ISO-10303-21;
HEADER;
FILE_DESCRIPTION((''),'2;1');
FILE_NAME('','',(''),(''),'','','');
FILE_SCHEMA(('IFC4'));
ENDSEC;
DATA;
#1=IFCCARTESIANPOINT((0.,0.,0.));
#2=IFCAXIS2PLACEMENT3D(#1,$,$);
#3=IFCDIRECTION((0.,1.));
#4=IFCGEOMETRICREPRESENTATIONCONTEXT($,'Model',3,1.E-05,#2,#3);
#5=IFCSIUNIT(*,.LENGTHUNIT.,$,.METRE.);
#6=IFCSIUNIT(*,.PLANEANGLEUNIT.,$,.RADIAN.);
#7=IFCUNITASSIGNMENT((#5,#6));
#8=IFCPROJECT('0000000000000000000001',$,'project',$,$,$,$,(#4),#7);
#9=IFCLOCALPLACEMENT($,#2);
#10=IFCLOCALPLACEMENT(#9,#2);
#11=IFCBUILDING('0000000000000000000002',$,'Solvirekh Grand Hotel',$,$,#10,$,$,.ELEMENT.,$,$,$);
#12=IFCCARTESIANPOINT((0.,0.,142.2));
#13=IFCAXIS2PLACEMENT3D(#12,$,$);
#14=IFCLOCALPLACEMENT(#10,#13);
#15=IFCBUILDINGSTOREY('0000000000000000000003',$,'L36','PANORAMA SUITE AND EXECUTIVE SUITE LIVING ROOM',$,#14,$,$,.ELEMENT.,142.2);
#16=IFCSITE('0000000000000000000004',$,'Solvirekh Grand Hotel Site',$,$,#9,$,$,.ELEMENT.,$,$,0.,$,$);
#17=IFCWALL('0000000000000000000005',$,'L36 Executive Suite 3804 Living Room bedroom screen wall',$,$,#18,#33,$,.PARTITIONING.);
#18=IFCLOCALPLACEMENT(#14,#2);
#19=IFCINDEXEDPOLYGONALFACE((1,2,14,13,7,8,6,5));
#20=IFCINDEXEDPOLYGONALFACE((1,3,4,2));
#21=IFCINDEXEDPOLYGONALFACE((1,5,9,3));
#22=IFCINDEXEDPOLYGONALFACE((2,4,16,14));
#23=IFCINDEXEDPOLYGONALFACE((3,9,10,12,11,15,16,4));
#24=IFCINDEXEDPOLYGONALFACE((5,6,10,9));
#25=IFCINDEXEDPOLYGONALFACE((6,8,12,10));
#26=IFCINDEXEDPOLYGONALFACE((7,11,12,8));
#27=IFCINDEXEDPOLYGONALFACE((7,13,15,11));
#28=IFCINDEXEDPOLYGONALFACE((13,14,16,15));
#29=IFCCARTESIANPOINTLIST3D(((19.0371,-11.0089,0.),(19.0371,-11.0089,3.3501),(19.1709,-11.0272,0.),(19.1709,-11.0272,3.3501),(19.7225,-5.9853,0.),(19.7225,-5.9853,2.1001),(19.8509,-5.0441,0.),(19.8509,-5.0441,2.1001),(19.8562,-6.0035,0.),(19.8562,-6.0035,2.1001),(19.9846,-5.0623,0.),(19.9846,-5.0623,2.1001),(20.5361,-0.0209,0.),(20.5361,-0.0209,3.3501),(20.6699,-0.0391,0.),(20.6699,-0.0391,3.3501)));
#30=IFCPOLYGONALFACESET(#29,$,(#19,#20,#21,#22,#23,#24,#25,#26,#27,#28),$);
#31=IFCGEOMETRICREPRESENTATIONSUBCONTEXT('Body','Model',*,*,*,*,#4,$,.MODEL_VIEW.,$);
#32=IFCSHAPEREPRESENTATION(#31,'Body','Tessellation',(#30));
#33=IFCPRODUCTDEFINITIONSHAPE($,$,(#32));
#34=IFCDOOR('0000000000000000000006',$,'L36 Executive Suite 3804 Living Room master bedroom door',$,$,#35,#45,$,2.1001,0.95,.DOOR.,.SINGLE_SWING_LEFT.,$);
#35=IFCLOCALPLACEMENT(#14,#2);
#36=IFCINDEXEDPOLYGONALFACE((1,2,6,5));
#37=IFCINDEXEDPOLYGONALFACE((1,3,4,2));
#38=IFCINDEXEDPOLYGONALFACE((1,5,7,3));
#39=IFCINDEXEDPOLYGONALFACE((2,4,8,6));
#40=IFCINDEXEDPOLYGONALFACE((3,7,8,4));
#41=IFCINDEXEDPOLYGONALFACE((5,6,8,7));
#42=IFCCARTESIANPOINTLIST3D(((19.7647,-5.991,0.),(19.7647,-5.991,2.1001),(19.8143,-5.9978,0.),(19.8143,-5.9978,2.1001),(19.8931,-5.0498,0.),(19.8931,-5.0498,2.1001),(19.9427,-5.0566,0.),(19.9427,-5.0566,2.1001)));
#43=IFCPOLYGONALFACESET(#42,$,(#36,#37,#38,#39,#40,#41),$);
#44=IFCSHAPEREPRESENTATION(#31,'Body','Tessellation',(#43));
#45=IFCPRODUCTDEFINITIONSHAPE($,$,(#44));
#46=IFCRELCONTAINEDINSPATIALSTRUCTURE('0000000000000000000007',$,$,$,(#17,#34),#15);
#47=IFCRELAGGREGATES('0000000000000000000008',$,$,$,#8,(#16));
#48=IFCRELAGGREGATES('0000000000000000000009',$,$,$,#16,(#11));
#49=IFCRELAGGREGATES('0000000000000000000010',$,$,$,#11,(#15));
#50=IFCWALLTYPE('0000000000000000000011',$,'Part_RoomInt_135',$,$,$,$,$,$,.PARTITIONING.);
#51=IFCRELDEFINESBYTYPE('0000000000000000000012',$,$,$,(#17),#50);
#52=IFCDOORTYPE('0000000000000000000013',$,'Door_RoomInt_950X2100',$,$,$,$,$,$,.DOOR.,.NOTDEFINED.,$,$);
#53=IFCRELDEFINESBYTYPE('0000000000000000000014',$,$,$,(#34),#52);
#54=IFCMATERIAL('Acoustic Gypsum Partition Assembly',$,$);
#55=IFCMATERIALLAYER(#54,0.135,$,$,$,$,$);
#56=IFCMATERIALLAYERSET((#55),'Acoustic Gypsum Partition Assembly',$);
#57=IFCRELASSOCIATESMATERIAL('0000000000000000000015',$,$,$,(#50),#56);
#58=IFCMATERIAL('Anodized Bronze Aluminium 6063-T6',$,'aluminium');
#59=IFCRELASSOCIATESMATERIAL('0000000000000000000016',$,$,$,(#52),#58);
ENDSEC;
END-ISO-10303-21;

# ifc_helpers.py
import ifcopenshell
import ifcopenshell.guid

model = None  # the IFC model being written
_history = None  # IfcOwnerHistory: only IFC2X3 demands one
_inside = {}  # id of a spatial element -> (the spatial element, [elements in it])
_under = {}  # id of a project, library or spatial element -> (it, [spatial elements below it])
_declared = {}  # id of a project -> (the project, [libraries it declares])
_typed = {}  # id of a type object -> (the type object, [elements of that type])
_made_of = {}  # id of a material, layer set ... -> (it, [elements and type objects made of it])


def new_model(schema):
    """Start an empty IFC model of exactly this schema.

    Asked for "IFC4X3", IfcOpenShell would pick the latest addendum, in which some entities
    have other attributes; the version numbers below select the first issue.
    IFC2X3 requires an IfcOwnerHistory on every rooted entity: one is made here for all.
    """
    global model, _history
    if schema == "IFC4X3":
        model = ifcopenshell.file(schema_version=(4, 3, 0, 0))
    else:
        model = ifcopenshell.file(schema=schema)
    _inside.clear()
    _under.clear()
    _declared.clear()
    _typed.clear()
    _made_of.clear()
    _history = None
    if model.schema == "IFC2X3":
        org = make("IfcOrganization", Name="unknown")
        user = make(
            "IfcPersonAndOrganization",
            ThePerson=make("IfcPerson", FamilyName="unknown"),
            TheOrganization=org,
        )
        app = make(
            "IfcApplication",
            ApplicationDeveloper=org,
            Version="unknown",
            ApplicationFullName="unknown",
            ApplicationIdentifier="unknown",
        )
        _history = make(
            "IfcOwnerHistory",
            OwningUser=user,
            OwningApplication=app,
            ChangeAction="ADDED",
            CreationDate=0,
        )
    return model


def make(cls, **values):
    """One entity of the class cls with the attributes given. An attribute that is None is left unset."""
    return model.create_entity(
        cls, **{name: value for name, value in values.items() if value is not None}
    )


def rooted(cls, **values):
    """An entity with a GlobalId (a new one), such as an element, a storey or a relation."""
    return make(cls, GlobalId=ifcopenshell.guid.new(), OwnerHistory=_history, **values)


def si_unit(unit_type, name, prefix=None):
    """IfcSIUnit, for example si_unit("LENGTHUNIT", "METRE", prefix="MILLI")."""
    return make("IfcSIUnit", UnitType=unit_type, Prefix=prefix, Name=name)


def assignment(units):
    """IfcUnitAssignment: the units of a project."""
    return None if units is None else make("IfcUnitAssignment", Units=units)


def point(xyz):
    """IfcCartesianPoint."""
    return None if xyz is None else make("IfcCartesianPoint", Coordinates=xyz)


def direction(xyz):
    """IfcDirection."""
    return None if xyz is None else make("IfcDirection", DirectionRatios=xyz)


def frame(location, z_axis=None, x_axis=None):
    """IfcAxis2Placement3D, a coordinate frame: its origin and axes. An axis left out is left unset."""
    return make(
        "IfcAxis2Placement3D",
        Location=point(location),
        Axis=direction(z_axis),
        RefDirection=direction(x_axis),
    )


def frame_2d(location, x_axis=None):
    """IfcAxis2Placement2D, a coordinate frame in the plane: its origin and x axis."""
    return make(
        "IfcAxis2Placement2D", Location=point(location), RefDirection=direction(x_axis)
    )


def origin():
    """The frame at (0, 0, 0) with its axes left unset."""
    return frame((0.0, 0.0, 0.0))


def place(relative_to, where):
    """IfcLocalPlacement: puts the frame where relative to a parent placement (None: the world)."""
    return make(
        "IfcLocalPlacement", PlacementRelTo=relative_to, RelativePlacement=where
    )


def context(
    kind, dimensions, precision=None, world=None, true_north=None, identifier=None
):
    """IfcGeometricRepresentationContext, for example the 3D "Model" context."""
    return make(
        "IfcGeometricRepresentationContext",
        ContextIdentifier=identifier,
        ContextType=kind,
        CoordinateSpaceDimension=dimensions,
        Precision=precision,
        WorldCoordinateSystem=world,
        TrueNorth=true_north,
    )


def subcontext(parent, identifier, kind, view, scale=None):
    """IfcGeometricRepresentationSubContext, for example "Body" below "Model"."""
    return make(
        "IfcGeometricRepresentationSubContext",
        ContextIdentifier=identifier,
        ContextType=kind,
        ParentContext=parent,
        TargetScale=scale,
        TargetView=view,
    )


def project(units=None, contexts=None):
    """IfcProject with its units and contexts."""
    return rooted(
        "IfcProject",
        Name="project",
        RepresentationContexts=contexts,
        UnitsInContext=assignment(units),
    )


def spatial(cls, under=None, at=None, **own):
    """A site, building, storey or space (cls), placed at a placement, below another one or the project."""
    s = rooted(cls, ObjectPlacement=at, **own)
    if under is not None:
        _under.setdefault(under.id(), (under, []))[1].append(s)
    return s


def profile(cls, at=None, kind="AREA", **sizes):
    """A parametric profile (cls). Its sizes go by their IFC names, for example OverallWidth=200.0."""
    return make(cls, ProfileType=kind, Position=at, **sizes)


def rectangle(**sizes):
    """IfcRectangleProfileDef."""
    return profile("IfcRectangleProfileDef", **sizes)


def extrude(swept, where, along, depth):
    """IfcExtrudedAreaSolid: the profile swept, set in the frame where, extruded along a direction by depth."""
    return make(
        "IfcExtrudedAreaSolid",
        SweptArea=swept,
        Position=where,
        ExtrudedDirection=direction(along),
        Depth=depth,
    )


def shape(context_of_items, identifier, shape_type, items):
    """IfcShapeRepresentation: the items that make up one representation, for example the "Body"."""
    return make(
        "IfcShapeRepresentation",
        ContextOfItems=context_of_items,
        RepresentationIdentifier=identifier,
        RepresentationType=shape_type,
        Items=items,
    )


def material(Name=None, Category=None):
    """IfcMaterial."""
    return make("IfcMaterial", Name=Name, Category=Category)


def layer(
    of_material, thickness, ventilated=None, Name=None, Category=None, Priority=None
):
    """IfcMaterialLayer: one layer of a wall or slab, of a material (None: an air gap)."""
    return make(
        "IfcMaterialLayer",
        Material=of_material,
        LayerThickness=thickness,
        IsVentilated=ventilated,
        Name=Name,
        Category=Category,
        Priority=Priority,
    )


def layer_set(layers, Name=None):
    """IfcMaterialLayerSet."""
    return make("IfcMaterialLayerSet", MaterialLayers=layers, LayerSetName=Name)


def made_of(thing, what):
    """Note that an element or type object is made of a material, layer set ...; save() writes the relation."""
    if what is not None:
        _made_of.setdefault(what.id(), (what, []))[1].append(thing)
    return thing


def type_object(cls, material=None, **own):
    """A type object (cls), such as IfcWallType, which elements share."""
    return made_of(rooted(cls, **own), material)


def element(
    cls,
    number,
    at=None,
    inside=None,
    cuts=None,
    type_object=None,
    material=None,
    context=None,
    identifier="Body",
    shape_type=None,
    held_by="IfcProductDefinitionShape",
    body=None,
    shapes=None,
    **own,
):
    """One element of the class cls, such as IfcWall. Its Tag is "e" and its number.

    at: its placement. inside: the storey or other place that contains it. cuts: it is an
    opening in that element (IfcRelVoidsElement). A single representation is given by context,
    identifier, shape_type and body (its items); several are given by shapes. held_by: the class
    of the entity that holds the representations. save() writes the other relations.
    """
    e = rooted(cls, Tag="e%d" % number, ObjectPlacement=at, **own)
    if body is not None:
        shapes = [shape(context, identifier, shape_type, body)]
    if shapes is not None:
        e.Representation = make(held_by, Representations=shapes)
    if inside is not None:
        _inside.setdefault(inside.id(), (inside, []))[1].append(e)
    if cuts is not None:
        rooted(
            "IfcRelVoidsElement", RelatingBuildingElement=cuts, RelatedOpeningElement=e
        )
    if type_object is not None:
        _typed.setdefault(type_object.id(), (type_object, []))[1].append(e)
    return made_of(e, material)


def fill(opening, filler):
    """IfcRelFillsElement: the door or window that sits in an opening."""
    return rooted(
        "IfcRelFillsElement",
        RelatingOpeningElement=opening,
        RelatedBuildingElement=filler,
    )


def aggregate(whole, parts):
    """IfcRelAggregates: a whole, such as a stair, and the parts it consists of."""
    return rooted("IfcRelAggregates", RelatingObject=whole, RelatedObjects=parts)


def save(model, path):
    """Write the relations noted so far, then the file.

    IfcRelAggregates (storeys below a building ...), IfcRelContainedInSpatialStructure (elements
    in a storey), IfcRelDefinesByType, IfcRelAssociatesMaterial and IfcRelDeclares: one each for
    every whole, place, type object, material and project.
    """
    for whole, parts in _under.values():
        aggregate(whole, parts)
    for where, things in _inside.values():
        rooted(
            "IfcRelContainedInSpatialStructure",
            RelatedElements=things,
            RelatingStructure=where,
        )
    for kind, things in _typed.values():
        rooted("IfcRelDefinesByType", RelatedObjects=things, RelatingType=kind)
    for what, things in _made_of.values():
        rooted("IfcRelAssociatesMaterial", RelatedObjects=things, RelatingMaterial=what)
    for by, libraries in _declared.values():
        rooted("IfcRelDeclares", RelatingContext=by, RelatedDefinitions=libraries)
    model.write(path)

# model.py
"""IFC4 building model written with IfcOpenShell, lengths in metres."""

from ifc_helpers import new_model, si_unit, direction, frame, frame_2d, origin, place, context, subcontext, project, spatial, rectangle, extrude, material, layer, layer_set, type_object, element, fill, save


model = new_model("IFC4")

# Units and contexts
model_context = context("Model", 3, precision=1e-05, world=origin(), true_north=direction((0.0, 1.0)))
body_context = subcontext(model_context, "Body", "Model", "MODEL_VIEW")
ifc_project = project(units=[si_unit("LENGTHUNIT", "METRE"), si_unit("PLANEANGLEUNIT", "RADIAN")], contexts=[model_context])

# Site, building, storey
site_placement = place(None, origin())
site = spatial("IfcSite", under=ifc_project, at=site_placement, Name="Solvirekh Grand Hotel Site", CompositionType="ELEMENT", RefElevation=0.0)
building_placement = place(site_placement, origin())
building = spatial("IfcBuilding", under=site, at=building_placement, Name="Solvirekh Grand Hotel", CompositionType="ELEMENT")
storey_placement = place(building_placement, frame((0.0, 0.0, 142.2)))
storey = spatial("IfcBuildingStorey", under=building, at=storey_placement, Name="L36", Description="PANORAMA SUITE AND EXECUTIVE SUITE LIVING ROOM", CompositionType="ELEMENT", Elevation=142.2)

# Shared definitions
ifc_material_1 = material(Name="Anodized Bronze Aluminium 6063-T6", Category="aluminium")

# Wall, opening, door
ifc_material_2 = material(Name="Acoustic Gypsum Partition Assembly")
ifc_layer_1 = layer(ifc_material_2, 0.135)
ifc_layer_set_1 = layer_set([ifc_layer_1], Name="Acoustic Gypsum Partition Assembly")
wall_type_1 = type_object("IfcWallType", Name="Part_RoomInt_135", PredefinedType="PARTITIONING", material=ifc_layer_set_1)
wall_1_placement = place(storey_placement, frame((19.104, -11.0181, 0.0), z_axis=(0.0, 0.0, 1.0), x_axis=(0.135171, 0.990822, 0.0)))
wall_1 = element("IfcWall", 1, at=wall_1_placement, inside=storey, type_object=wall_type_1, Name="L36 Executive Suite 3804 Living Room bedroom screen wall", PredefinedType="PARTITIONING", context=body_context, shape_type="SweptSolid", body=[
    extrude(rectangle(XDim=11.0898, YDim=0.135, at=frame_2d((5.5449, 0.0))), origin(), (0.0, 0.0, 1.0), 3.3501),
])
opening_1_placement = place(wall_1_placement, frame((5.0701, 0.0, 0.0)))
opening_1 = element("IfcOpeningElement", 2, at=opening_1_placement, cuts=wall_1, PredefinedType="OPENING", context=body_context, shape_type="SweptSolid", body=[
    extrude(rectangle(XDim=0.95, YDim=2.1001, at=frame_2d((0.4751, 1.05))), frame((0.0, 0.0776, 0.0), z_axis=(0.0, -1.0, 0.0), x_axis=(1.0, 0.0, 0.0)), (0.0, 0.0, 1.0), 0.155),
])
door_type = type_object("IfcDoorType", Name="Door_RoomInt_950X2100", OperationType="NOTDEFINED", PredefinedType="DOOR", material=ifc_material_1)
door_placement = place(opening_1_placement, origin())
door = element("IfcDoor", 3, at=door_placement, inside=storey, type_object=door_type, Name="L36 Executive Suite 3804 Living Room master bedroom door", OperationType="SINGLE_SWING_LEFT", OverallHeight=2.1001, OverallWidth=0.95, PredefinedType="DOOR", context=body_context, shape_type="SweptSolid", body=[
    extrude(rectangle(XDim=0.95, YDim=2.1001, at=frame_2d((0.4751, 1.05))), frame((0.0, 0.0249, 0.0), z_axis=(0.0, -1.0, 0.0), x_axis=(1.0, 0.0, 0.0)), (0.0, 0.0, 1.0), 0.05),
])
fill(opening_1, door)

save(model, "model.ifc")
